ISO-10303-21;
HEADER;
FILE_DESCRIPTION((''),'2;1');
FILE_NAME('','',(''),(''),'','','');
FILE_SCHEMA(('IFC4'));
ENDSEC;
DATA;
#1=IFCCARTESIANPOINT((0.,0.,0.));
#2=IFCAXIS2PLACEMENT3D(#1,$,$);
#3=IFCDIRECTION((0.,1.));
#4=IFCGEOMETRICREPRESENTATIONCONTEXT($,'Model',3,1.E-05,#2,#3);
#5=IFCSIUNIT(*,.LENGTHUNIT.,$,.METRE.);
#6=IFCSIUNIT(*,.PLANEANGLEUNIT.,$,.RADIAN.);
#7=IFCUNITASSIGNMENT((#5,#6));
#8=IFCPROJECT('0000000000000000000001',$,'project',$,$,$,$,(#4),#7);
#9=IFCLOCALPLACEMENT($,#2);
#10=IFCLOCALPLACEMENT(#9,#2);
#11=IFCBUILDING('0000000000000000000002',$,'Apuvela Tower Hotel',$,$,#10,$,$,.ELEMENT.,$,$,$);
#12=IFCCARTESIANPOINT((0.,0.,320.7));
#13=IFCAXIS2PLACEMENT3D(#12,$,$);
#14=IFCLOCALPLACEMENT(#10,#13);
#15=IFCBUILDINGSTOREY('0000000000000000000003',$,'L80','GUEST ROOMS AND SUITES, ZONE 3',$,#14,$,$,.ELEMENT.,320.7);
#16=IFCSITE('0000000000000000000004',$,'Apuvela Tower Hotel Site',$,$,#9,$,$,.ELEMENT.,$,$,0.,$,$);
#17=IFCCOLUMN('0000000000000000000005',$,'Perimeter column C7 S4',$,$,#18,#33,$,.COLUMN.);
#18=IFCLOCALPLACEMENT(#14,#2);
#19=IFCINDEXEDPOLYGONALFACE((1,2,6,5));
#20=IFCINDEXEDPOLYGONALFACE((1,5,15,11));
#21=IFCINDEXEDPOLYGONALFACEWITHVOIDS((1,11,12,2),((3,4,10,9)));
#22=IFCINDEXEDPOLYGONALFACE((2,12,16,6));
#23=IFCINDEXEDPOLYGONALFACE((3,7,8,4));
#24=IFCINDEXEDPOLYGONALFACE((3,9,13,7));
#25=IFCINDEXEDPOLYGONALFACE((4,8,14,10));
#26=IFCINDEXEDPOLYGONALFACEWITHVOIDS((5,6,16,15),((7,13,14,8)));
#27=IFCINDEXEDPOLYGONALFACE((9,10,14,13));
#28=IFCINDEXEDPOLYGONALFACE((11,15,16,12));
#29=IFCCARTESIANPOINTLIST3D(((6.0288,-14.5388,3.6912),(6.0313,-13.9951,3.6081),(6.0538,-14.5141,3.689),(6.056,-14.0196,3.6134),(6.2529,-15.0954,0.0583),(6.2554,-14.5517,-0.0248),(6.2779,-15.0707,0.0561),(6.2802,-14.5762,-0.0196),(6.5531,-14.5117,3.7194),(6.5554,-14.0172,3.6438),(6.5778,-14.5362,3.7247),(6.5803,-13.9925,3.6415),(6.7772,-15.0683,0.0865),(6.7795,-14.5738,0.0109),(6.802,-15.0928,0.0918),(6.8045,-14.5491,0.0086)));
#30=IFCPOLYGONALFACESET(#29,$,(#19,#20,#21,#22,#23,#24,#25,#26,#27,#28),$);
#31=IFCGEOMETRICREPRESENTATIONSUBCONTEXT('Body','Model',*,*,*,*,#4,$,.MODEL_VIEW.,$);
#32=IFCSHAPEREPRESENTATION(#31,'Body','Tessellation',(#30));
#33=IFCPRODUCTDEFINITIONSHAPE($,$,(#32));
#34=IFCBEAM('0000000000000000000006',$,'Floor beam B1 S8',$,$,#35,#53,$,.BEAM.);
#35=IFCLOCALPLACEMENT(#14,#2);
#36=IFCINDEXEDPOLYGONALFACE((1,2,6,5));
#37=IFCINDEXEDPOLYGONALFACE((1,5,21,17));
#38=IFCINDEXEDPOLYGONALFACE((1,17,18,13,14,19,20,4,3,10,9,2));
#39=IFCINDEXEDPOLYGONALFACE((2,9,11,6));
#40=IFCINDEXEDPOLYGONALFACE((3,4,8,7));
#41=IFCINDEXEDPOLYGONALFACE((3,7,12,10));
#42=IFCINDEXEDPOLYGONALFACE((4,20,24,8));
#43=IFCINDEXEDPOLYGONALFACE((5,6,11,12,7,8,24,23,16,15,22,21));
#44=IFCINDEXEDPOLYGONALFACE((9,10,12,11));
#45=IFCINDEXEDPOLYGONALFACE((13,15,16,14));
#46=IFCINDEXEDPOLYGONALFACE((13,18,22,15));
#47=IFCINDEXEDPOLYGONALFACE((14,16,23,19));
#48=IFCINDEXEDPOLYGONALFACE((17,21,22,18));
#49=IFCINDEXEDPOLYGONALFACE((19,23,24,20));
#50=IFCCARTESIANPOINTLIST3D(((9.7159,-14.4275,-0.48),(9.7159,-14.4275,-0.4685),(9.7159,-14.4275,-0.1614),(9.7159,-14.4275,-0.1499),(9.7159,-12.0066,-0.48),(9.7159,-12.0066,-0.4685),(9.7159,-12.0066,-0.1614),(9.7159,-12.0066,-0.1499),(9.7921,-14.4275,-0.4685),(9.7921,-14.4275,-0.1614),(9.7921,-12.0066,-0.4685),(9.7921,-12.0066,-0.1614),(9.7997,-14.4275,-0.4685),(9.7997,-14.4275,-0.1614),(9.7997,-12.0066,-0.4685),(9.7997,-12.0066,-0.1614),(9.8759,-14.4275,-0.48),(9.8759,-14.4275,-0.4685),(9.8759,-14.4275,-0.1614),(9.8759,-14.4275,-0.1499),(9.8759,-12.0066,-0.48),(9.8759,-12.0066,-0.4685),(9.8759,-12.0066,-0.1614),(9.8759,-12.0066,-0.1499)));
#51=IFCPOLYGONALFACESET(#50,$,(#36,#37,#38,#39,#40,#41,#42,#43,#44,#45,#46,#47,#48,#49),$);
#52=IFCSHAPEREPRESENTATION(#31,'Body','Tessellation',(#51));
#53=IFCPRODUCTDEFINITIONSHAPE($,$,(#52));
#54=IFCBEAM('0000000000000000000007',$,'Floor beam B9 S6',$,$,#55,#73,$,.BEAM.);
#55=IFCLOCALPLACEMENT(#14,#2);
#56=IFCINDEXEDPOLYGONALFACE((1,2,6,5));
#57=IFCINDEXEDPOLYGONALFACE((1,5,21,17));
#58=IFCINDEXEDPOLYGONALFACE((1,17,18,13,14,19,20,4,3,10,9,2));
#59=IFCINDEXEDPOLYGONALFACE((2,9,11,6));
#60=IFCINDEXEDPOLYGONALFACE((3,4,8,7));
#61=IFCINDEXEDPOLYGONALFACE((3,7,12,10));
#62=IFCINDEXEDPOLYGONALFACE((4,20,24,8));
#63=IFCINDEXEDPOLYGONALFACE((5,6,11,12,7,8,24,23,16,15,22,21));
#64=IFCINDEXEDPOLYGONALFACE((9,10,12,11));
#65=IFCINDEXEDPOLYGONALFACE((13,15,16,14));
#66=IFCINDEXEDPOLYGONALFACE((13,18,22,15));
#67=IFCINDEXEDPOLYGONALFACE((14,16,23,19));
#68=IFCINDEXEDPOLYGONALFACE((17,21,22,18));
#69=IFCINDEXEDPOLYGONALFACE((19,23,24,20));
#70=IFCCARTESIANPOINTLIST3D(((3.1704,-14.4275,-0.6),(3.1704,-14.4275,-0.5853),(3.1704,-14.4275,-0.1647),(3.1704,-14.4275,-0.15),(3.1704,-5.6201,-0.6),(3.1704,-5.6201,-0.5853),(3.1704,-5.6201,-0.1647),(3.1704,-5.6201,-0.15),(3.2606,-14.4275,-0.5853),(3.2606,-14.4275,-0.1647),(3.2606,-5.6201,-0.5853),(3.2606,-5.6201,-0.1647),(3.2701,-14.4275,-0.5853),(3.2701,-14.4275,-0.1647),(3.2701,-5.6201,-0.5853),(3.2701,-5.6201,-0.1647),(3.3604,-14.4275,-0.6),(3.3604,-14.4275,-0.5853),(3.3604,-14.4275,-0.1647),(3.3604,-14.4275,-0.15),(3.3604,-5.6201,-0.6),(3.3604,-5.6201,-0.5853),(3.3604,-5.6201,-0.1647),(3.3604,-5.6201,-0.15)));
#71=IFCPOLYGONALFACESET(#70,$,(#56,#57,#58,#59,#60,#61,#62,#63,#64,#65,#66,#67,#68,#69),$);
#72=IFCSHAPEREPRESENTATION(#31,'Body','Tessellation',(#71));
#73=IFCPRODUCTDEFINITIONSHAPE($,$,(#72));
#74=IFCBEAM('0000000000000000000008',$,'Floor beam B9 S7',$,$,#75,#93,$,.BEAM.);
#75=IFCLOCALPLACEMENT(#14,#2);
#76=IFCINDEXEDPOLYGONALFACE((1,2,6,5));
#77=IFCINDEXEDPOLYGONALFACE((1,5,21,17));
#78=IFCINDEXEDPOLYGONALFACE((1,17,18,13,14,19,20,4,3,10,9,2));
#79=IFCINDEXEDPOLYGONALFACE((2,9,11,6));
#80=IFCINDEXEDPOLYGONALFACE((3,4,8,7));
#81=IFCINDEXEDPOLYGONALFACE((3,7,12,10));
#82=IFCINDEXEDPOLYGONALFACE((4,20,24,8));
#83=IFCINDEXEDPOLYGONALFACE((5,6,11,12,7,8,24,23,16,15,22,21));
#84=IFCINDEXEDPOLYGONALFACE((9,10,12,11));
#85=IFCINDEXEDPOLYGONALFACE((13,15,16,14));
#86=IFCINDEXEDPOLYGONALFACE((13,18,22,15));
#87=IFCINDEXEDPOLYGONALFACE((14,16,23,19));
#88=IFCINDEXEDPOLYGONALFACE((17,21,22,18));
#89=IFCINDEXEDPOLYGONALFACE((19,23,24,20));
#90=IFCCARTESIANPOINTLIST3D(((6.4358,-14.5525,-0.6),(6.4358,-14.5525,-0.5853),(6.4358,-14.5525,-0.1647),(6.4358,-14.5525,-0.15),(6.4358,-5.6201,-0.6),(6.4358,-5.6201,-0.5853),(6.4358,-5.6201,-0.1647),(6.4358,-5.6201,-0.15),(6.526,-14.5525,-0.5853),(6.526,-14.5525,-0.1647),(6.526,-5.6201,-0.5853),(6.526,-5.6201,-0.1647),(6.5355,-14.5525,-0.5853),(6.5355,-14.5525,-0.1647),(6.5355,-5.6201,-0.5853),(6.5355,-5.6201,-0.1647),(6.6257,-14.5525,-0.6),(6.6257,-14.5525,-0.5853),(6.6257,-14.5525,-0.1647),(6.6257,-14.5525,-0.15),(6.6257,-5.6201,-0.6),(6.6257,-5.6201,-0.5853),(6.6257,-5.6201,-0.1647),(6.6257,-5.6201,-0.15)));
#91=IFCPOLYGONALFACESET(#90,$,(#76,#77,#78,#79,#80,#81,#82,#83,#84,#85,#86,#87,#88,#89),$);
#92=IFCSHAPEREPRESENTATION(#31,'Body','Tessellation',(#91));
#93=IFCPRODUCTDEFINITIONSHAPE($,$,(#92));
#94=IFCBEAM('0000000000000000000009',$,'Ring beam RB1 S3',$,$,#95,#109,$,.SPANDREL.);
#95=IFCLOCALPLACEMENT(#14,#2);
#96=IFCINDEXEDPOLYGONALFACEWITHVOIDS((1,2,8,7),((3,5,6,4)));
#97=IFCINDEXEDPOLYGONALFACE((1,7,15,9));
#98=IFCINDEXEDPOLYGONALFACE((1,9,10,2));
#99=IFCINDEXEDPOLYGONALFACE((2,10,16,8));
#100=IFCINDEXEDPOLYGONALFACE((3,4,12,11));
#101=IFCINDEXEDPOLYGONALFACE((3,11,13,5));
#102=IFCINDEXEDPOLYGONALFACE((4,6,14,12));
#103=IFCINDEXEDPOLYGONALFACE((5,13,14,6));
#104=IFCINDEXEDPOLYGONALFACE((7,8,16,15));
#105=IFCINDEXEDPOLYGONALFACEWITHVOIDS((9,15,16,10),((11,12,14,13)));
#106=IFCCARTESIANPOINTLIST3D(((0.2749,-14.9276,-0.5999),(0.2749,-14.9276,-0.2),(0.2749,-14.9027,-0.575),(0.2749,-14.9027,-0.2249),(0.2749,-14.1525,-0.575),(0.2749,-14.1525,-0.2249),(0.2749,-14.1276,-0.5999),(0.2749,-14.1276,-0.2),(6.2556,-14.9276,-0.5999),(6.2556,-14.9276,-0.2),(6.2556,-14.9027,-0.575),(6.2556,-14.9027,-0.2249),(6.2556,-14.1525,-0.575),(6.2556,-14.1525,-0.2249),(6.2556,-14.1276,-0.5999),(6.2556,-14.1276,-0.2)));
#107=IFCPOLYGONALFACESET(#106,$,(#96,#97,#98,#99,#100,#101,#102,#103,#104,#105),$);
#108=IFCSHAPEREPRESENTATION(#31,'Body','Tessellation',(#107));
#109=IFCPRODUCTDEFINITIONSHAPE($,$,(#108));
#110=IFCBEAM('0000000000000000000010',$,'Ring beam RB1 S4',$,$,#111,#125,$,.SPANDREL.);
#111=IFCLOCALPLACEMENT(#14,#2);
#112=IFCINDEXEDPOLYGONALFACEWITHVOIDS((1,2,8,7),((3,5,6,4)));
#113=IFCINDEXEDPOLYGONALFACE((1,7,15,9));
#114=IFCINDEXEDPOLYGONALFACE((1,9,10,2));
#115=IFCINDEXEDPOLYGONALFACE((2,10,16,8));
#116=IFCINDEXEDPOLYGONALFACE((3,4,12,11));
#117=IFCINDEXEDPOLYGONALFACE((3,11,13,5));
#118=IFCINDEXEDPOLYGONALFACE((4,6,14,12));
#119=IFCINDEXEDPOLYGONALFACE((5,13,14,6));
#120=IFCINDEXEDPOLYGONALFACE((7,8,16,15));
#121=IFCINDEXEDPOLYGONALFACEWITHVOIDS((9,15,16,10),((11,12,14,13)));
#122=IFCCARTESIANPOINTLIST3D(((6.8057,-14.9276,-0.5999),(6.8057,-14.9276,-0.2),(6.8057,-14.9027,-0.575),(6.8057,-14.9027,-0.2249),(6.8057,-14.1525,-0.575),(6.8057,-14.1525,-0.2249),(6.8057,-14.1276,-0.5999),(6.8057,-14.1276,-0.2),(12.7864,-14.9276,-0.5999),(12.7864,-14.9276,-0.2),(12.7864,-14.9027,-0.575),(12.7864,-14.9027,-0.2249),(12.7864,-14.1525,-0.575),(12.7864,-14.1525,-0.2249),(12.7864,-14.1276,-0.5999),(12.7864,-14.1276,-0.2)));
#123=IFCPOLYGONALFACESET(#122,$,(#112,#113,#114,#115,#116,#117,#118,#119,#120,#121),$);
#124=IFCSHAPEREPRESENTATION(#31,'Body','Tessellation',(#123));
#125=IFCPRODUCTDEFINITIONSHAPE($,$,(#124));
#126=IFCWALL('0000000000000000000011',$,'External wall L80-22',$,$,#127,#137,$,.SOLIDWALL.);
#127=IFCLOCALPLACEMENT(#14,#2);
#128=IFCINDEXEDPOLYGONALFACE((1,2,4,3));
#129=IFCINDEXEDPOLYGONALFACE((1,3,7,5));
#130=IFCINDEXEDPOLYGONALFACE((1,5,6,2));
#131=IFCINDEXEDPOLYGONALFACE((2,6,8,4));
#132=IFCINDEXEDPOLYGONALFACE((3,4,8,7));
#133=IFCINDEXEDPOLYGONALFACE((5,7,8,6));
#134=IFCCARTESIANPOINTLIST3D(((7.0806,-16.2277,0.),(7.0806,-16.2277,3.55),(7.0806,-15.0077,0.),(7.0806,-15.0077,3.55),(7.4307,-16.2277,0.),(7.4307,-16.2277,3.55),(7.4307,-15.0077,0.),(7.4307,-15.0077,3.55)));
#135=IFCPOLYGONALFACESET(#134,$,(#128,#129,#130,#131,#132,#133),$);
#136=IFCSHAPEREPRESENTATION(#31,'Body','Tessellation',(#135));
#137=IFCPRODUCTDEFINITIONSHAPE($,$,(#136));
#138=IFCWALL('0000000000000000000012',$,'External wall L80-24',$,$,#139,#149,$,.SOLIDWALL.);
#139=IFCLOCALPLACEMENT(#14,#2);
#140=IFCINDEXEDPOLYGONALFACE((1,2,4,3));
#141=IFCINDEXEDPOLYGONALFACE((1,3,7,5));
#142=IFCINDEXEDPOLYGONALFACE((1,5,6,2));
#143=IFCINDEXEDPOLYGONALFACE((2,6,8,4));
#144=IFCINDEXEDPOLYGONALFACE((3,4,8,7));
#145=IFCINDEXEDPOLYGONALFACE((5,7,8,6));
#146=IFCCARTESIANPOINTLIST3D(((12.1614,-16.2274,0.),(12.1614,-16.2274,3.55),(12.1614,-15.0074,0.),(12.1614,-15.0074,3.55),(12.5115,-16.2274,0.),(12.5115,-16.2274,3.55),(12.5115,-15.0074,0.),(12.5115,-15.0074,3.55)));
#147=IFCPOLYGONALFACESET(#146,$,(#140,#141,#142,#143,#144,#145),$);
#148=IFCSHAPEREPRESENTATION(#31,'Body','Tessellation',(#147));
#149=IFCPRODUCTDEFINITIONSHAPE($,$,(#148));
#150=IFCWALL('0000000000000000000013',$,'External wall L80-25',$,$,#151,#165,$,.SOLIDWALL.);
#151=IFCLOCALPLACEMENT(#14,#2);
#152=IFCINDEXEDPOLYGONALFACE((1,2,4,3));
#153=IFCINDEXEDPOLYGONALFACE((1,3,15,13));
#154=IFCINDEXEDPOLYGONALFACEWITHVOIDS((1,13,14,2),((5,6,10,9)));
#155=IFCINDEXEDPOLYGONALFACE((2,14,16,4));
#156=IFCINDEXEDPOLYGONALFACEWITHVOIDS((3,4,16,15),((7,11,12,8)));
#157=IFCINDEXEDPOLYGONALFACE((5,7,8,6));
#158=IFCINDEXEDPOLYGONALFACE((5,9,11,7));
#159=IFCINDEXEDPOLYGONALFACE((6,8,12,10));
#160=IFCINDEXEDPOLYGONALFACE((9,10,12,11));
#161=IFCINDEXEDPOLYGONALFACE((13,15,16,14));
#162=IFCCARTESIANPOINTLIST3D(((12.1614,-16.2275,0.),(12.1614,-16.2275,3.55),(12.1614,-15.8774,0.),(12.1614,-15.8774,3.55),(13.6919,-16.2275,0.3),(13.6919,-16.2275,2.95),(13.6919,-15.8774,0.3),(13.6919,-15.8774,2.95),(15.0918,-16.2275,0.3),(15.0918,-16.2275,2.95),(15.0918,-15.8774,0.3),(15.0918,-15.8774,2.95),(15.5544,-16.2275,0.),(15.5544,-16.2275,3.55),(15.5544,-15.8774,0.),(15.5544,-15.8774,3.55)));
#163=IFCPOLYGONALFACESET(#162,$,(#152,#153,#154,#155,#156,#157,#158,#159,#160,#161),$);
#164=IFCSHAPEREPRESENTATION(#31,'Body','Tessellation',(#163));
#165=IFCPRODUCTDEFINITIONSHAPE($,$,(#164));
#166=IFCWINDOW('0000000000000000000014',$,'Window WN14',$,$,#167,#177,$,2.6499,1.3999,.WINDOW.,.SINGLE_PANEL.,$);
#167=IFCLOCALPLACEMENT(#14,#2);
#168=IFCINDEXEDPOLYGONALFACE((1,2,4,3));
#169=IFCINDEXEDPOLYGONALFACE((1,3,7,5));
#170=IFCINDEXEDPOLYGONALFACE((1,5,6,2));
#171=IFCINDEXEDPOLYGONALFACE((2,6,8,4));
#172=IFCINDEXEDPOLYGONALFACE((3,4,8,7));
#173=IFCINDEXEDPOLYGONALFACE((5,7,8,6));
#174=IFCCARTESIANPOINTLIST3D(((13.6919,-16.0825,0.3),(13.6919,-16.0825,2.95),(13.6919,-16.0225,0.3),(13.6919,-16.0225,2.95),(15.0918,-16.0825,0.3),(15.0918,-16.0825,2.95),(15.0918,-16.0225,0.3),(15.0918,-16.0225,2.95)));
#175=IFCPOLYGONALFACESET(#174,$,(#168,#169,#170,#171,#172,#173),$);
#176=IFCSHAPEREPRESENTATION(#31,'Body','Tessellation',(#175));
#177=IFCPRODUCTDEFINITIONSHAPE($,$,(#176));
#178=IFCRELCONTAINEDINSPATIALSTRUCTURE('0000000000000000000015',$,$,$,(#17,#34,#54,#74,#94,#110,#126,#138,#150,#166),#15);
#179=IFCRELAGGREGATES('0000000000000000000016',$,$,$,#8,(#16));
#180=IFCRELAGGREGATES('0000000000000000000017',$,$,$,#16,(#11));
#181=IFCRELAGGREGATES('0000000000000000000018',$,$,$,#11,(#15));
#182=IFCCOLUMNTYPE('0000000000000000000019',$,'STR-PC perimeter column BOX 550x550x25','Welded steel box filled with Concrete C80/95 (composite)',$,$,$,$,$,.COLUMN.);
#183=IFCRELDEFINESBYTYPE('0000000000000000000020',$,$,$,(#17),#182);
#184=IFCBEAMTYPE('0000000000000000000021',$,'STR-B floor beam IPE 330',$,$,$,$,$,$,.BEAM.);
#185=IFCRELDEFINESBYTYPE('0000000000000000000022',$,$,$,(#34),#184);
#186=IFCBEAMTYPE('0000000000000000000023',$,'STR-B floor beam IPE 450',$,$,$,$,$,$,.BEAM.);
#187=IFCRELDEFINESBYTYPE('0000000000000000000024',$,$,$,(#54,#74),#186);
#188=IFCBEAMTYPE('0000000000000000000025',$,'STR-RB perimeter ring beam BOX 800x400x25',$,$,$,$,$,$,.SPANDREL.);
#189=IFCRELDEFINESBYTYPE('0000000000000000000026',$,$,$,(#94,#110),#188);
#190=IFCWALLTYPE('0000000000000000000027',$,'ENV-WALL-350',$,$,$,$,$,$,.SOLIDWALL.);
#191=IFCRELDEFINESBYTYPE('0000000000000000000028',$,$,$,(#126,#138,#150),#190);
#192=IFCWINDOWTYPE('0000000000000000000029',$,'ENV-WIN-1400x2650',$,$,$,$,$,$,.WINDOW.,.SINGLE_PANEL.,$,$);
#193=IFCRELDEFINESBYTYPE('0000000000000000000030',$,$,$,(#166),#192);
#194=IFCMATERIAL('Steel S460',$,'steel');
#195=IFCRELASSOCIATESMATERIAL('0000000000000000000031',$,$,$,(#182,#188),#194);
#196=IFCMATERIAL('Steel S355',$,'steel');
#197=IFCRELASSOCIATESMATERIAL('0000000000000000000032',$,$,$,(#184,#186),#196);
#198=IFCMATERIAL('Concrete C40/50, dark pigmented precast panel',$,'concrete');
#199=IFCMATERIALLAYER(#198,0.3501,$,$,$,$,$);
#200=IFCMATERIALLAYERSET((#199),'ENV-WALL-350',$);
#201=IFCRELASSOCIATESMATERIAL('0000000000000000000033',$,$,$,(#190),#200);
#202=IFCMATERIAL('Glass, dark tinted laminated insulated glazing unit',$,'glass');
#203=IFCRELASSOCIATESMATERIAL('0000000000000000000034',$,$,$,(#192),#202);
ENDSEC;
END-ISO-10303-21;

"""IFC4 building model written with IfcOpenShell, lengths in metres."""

from ifc_helpers import new_model, si_unit, direction, frame, frame_2d, origin, origin_2d, place, context, subcontext, project, spatial, rectangle, hollow_rectangle, i_section, extrude, boolean, halfspace, material, layer, layer_set, material_profile, profile_set, type_object, element, fill, save


model = new_model("IFC4")

# Units and contexts
model_context = context("Model", 3, precision=1e-05, world=origin(), true_north=direction((0.0, 1.0)))
body_context = subcontext(model_context, "Body", "Model", "MODEL_VIEW")
ifc_project = project(units=[si_unit("LENGTHUNIT", "METRE"), si_unit("PLANEANGLEUNIT", "RADIAN")], contexts=[model_context])

# Site, building, storey
site_placement = place(None, origin())
site = spatial("IfcSite", under=ifc_project, at=site_placement, Name="Apuvela Tower Hotel Site", CompositionType="ELEMENT", RefElevation=0.0)
building_placement = place(site_placement, origin())
building = spatial("IfcBuilding", under=site, at=building_placement, Name="Apuvela Tower Hotel", CompositionType="ELEMENT")
storey_placement = place(building_placement, frame((0.0, 0.0, 320.7)))
storey = spatial("IfcBuildingStorey", under=building, at=storey_placement, Name="L80", Description="GUEST ROOMS AND SUITES, ZONE 3", CompositionType="ELEMENT", Elevation=320.7)

# Column
ifc_material_1 = material(Name="Steel S460", Category="steel")
ifc_material_profile_1 = material_profile(ifc_material_1, hollow_rectangle(XDim=0.55, YDim=0.55, WallThickness=0.0249, at=origin_2d()), Name="BOX 550x550x25")
ifc_material_2 = material(Name="Concrete C80/95", Category="concrete")
ifc_material_profile_2 = material_profile(ifc_material_2, rectangle(XDim=0.5, YDim=0.5, at=origin_2d()), Name="Concrete C80/95 infill")
ifc_profile_set_1 = profile_set([ifc_material_profile_1, ifc_material_profile_2], Name="Steel S460")
column_type = type_object("IfcColumnType", Name="STR-PC perimeter column BOX 550x550x25", Description="Welded steel box filled with Concrete C80/95 (composite)", PredefinedType="COLUMN", material=ifc_profile_set_1)
column_placement = place(storey_placement, frame((6.5308, -14.8274, 0.0), z_axis=(-0.060871, 0.151169, 0.986632), x_axis=(0.998135, 0.004721, 0.060857)))
element("IfcColumn", 1, at=column_placement, inside=storey, type_object=column_type, Name="Perimeter column C7 S4", PredefinedType="COLUMN", context=body_context, shape_type="SweptSolid", body=[
    boolean("DIFFERENCE", boolean("DIFFERENCE", extrude(hollow_rectangle(XDim=0.55, YDim=0.55, WallThickness=0.0249, at=origin_2d()), origin(), (0.0, 0.0, 1.0), 3.75), halfspace(frame((0.0, 0.0, 0.0339), z_axis=(0.0, 0.0, 1.0), x_axis=(1.0, 0.0, 0.0)), True)), halfspace(frame((0.0, 0.0, 3.7161), z_axis=(0.0, 0.0, 1.0), x_axis=(1.0, 0.0, 0.0)), False)),
])

# Beams
ifc_material_3 = material(Name="Steel S355", Category="steel")
ifc_material_profile_3 = material_profile(ifc_material_3, i_section(OverallWidth=0.1599, OverallDepth=0.3301, WebThickness=0.0076, FlangeThickness=0.0115, at=origin_2d()), Name="IPE 330")
ifc_profile_set_2 = profile_set([ifc_material_profile_3], Name="Steel S355")
beam_type_1 = type_object("IfcBeamType", Name="STR-B floor beam IPE 330", PredefinedType="BEAM", material=ifc_profile_set_2)
beam_1_placement = place(storey_placement, frame((9.7959, -14.4275, -0.3149), z_axis=(0.0, 1.0, 0.0), x_axis=(-1.0, 0.0, 0.0)))
element("IfcBeam", 2, at=beam_1_placement, inside=storey, type_object=beam_type_1, Name="Floor beam B1 S8", PredefinedType="BEAM", context=body_context, shape_type="SweptSolid", body=[
    extrude(i_section(OverallWidth=0.1599, OverallDepth=0.3301, WebThickness=0.0076, FlangeThickness=0.0115, at=origin_2d()), origin(), (0.0, 0.0, 1.0), 2.4209),
])
ifc_material_profile_4 = material_profile(ifc_material_3, i_section(OverallWidth=0.1899, OverallDepth=0.45, WebThickness=0.0095, FlangeThickness=0.0146, at=origin_2d()), Name="IPE 450")
ifc_profile_set_3 = profile_set([ifc_material_profile_4], Name="Steel S355")
beam_type_2 = type_object("IfcBeamType", Name="STR-B floor beam IPE 450", PredefinedType="BEAM", material=ifc_profile_set_3)
beam_2_placement = place(storey_placement, frame((3.2654, -14.4275, -0.375), z_axis=(0.0, 1.0, 0.0), x_axis=(-1.0, 0.0, 0.0)))
element("IfcBeam", 3, at=beam_2_placement, inside=storey, type_object=beam_type_2, Name="Floor beam B9 S6", PredefinedType="BEAM", context=body_context, shape_type="SweptSolid", body=[
    extrude(i_section(OverallWidth=0.1899, OverallDepth=0.45, WebThickness=0.0095, FlangeThickness=0.0146, at=origin_2d()), origin(), (0.0, 0.0, 1.0), 8.8074),
])
beam_3_placement = place(storey_placement, frame((6.5308, -14.5525, -0.375), z_axis=(0.0, 1.0, 0.0), x_axis=(-1.0, 0.0, 0.0)))
element("IfcBeam", 4, at=beam_3_placement, inside=storey, type_object=beam_type_2, Name="Floor beam B9 S7", PredefinedType="BEAM", context=body_context, shape_type="SweptSolid", body=[
    extrude(i_section(OverallWidth=0.1899, OverallDepth=0.45, WebThickness=0.0095, FlangeThickness=0.0146, at=origin_2d()), origin(), (0.0, 0.0, 1.0), 8.9324),
])
ifc_material_profile_5 = material_profile(ifc_material_1, hollow_rectangle(XDim=0.8, YDim=0.3999, WallThickness=0.0249, at=origin_2d()), Name="BOX 800x400x25")
ifc_profile_set_4 = profile_set([ifc_material_profile_5], Name="Steel S460")
beam_type_3 = type_object("IfcBeamType", Name="STR-RB perimeter ring beam BOX 800x400x25", PredefinedType="SPANDREL", material=ifc_profile_set_4)
for number, where, z_axis, x_axis, name in (
    (5, (0.2749, -14.5276, -0.3999), (1.0, 0.0, 0.0), (0.0, 1.0, 0.0), "Ring beam RB1 S3"),
    (6, (6.8057, -14.5276, -0.3999), (1.0, 0.0, 0.0), (0.0, 1.0, 0.0), "Ring beam RB1 S4"),
):
    element("IfcBeam", number, at=place(storey_placement, frame(where, z_axis=z_axis, x_axis=x_axis)), inside=storey, type_object=beam_type_3, Name=name, PredefinedType="SPANDREL", context=body_context, shape_type="SweptSolid", body=[
        extrude(hollow_rectangle(XDim=0.8, YDim=0.3999, WallThickness=0.0249, at=origin_2d()), origin(), (0.0, 0.0, 1.0), 5.9807),
    ])

# Wall
ifc_material_4 = material(Name="Concrete C40/50, dark pigmented precast panel", Category="concrete")
ifc_layer_1 = layer(ifc_material_4, 0.3501)
ifc_layer_set_1 = layer_set([ifc_layer_1], Name="ENV-WALL-350")
wall_type_1 = type_object("IfcWallType", Name="ENV-WALL-350", PredefinedType="SOLIDWALL", material=ifc_layer_set_1)
wall_1_placement = place(storey_placement, frame((7.2556, -16.2275, 0.0), z_axis=(0.0, 0.0, 1.0), x_axis=(0.0, 1.0, 0.0)))
element("IfcWall", 7, at=wall_1_placement, inside=storey, type_object=wall_type_1, Name="External wall L80-22", PredefinedType="SOLIDWALL", context=body_context, shape_type="SweptSolid", body=[
    extrude(rectangle(XDim=1.22, YDim=0.3501, at=frame_2d((0.6099, 0.0))), origin(), (0.0, 0.0, 1.0), 3.55),
])

# Shared definitions
ifc_material_5 = material(Name="Glass, dark tinted laminated insulated glazing unit", Category="glass")

# Wall
wall_2_placement = place(storey_placement, frame((12.3364, -15.0076, 0.0), z_axis=(0.0, 0.0, 1.0), x_axis=(0.0, -1.0, 0.0)))
element("IfcWall", 8, at=wall_2_placement, inside=storey, type_object=wall_type_1, Name="External wall L80-24", PredefinedType="SOLIDWALL", context=body_context, shape_type="SweptSolid", body=[
    extrude(rectangle(XDim=1.22, YDim=0.3501, at=frame_2d((0.6099, 0.0))), origin(), (0.0, 0.0, 1.0), 3.55),
])

# Wall, opening, window
wall_3_placement = place(storey_placement, frame((12.1614, -16.0525, 0.0), z_axis=(0.0, 0.0, 1.0), x_axis=(1.0, 0.0, 0.0)))
wall_3 = element("IfcWall", 9, at=wall_3_placement, inside=storey, type_object=wall_type_1, Name="External wall L80-25", PredefinedType="SOLIDWALL", context=body_context, shape_type="SweptSolid", body=[
    extrude(rectangle(XDim=3.3931, YDim=0.3501, at=frame_2d((1.6965, 0.0))), origin(), (0.0, 0.0, 1.0), 3.55),
])
opening_1_placement = place(wall_3_placement, frame((1.5305, 0.0, 0.3)))
opening_1 = element("IfcOpeningElement", 10, at=opening_1_placement, cuts=wall_3, PredefinedType="OPENING", context=body_context, shape_type="SweptSolid", body=[
    extrude(rectangle(XDim=1.3999, YDim=2.6499, at=frame_2d((0.7, 1.325))), frame((0.0, 0.1851, 0.0), z_axis=(0.0, -1.0, 0.0), x_axis=(1.0, 0.0, 0.0)), (0.0, 0.0, 1.0), 0.3701),
])
window_type_1 = type_object("IfcWindowType", Name="ENV-WIN-1400x2650", PartitioningType="SINGLE_PANEL", PredefinedType="WINDOW", material=ifc_material_5)
window_1_placement = place(opening_1_placement, origin())
window_1 = element("IfcWindow", 11, at=window_1_placement, inside=storey, type_object=window_type_1, Name="Window WN14", OverallHeight=2.6499, OverallWidth=1.3999, PartitioningType="SINGLE_PANEL", PredefinedType="WINDOW", context=body_context, shape_type="SweptSolid", body=[
    extrude(rectangle(XDim=1.3999, YDim=2.6499, at=frame_2d((0.7, 1.325))), frame((0.0, 0.03, 0.0), z_axis=(0.0, -1.0, 0.0), x_axis=(1.0, 0.0, 0.0)), (0.0, 0.0, 1.0), 0.0601),
])
fill(opening_1, window_1)

save(model, "model.ifc")
